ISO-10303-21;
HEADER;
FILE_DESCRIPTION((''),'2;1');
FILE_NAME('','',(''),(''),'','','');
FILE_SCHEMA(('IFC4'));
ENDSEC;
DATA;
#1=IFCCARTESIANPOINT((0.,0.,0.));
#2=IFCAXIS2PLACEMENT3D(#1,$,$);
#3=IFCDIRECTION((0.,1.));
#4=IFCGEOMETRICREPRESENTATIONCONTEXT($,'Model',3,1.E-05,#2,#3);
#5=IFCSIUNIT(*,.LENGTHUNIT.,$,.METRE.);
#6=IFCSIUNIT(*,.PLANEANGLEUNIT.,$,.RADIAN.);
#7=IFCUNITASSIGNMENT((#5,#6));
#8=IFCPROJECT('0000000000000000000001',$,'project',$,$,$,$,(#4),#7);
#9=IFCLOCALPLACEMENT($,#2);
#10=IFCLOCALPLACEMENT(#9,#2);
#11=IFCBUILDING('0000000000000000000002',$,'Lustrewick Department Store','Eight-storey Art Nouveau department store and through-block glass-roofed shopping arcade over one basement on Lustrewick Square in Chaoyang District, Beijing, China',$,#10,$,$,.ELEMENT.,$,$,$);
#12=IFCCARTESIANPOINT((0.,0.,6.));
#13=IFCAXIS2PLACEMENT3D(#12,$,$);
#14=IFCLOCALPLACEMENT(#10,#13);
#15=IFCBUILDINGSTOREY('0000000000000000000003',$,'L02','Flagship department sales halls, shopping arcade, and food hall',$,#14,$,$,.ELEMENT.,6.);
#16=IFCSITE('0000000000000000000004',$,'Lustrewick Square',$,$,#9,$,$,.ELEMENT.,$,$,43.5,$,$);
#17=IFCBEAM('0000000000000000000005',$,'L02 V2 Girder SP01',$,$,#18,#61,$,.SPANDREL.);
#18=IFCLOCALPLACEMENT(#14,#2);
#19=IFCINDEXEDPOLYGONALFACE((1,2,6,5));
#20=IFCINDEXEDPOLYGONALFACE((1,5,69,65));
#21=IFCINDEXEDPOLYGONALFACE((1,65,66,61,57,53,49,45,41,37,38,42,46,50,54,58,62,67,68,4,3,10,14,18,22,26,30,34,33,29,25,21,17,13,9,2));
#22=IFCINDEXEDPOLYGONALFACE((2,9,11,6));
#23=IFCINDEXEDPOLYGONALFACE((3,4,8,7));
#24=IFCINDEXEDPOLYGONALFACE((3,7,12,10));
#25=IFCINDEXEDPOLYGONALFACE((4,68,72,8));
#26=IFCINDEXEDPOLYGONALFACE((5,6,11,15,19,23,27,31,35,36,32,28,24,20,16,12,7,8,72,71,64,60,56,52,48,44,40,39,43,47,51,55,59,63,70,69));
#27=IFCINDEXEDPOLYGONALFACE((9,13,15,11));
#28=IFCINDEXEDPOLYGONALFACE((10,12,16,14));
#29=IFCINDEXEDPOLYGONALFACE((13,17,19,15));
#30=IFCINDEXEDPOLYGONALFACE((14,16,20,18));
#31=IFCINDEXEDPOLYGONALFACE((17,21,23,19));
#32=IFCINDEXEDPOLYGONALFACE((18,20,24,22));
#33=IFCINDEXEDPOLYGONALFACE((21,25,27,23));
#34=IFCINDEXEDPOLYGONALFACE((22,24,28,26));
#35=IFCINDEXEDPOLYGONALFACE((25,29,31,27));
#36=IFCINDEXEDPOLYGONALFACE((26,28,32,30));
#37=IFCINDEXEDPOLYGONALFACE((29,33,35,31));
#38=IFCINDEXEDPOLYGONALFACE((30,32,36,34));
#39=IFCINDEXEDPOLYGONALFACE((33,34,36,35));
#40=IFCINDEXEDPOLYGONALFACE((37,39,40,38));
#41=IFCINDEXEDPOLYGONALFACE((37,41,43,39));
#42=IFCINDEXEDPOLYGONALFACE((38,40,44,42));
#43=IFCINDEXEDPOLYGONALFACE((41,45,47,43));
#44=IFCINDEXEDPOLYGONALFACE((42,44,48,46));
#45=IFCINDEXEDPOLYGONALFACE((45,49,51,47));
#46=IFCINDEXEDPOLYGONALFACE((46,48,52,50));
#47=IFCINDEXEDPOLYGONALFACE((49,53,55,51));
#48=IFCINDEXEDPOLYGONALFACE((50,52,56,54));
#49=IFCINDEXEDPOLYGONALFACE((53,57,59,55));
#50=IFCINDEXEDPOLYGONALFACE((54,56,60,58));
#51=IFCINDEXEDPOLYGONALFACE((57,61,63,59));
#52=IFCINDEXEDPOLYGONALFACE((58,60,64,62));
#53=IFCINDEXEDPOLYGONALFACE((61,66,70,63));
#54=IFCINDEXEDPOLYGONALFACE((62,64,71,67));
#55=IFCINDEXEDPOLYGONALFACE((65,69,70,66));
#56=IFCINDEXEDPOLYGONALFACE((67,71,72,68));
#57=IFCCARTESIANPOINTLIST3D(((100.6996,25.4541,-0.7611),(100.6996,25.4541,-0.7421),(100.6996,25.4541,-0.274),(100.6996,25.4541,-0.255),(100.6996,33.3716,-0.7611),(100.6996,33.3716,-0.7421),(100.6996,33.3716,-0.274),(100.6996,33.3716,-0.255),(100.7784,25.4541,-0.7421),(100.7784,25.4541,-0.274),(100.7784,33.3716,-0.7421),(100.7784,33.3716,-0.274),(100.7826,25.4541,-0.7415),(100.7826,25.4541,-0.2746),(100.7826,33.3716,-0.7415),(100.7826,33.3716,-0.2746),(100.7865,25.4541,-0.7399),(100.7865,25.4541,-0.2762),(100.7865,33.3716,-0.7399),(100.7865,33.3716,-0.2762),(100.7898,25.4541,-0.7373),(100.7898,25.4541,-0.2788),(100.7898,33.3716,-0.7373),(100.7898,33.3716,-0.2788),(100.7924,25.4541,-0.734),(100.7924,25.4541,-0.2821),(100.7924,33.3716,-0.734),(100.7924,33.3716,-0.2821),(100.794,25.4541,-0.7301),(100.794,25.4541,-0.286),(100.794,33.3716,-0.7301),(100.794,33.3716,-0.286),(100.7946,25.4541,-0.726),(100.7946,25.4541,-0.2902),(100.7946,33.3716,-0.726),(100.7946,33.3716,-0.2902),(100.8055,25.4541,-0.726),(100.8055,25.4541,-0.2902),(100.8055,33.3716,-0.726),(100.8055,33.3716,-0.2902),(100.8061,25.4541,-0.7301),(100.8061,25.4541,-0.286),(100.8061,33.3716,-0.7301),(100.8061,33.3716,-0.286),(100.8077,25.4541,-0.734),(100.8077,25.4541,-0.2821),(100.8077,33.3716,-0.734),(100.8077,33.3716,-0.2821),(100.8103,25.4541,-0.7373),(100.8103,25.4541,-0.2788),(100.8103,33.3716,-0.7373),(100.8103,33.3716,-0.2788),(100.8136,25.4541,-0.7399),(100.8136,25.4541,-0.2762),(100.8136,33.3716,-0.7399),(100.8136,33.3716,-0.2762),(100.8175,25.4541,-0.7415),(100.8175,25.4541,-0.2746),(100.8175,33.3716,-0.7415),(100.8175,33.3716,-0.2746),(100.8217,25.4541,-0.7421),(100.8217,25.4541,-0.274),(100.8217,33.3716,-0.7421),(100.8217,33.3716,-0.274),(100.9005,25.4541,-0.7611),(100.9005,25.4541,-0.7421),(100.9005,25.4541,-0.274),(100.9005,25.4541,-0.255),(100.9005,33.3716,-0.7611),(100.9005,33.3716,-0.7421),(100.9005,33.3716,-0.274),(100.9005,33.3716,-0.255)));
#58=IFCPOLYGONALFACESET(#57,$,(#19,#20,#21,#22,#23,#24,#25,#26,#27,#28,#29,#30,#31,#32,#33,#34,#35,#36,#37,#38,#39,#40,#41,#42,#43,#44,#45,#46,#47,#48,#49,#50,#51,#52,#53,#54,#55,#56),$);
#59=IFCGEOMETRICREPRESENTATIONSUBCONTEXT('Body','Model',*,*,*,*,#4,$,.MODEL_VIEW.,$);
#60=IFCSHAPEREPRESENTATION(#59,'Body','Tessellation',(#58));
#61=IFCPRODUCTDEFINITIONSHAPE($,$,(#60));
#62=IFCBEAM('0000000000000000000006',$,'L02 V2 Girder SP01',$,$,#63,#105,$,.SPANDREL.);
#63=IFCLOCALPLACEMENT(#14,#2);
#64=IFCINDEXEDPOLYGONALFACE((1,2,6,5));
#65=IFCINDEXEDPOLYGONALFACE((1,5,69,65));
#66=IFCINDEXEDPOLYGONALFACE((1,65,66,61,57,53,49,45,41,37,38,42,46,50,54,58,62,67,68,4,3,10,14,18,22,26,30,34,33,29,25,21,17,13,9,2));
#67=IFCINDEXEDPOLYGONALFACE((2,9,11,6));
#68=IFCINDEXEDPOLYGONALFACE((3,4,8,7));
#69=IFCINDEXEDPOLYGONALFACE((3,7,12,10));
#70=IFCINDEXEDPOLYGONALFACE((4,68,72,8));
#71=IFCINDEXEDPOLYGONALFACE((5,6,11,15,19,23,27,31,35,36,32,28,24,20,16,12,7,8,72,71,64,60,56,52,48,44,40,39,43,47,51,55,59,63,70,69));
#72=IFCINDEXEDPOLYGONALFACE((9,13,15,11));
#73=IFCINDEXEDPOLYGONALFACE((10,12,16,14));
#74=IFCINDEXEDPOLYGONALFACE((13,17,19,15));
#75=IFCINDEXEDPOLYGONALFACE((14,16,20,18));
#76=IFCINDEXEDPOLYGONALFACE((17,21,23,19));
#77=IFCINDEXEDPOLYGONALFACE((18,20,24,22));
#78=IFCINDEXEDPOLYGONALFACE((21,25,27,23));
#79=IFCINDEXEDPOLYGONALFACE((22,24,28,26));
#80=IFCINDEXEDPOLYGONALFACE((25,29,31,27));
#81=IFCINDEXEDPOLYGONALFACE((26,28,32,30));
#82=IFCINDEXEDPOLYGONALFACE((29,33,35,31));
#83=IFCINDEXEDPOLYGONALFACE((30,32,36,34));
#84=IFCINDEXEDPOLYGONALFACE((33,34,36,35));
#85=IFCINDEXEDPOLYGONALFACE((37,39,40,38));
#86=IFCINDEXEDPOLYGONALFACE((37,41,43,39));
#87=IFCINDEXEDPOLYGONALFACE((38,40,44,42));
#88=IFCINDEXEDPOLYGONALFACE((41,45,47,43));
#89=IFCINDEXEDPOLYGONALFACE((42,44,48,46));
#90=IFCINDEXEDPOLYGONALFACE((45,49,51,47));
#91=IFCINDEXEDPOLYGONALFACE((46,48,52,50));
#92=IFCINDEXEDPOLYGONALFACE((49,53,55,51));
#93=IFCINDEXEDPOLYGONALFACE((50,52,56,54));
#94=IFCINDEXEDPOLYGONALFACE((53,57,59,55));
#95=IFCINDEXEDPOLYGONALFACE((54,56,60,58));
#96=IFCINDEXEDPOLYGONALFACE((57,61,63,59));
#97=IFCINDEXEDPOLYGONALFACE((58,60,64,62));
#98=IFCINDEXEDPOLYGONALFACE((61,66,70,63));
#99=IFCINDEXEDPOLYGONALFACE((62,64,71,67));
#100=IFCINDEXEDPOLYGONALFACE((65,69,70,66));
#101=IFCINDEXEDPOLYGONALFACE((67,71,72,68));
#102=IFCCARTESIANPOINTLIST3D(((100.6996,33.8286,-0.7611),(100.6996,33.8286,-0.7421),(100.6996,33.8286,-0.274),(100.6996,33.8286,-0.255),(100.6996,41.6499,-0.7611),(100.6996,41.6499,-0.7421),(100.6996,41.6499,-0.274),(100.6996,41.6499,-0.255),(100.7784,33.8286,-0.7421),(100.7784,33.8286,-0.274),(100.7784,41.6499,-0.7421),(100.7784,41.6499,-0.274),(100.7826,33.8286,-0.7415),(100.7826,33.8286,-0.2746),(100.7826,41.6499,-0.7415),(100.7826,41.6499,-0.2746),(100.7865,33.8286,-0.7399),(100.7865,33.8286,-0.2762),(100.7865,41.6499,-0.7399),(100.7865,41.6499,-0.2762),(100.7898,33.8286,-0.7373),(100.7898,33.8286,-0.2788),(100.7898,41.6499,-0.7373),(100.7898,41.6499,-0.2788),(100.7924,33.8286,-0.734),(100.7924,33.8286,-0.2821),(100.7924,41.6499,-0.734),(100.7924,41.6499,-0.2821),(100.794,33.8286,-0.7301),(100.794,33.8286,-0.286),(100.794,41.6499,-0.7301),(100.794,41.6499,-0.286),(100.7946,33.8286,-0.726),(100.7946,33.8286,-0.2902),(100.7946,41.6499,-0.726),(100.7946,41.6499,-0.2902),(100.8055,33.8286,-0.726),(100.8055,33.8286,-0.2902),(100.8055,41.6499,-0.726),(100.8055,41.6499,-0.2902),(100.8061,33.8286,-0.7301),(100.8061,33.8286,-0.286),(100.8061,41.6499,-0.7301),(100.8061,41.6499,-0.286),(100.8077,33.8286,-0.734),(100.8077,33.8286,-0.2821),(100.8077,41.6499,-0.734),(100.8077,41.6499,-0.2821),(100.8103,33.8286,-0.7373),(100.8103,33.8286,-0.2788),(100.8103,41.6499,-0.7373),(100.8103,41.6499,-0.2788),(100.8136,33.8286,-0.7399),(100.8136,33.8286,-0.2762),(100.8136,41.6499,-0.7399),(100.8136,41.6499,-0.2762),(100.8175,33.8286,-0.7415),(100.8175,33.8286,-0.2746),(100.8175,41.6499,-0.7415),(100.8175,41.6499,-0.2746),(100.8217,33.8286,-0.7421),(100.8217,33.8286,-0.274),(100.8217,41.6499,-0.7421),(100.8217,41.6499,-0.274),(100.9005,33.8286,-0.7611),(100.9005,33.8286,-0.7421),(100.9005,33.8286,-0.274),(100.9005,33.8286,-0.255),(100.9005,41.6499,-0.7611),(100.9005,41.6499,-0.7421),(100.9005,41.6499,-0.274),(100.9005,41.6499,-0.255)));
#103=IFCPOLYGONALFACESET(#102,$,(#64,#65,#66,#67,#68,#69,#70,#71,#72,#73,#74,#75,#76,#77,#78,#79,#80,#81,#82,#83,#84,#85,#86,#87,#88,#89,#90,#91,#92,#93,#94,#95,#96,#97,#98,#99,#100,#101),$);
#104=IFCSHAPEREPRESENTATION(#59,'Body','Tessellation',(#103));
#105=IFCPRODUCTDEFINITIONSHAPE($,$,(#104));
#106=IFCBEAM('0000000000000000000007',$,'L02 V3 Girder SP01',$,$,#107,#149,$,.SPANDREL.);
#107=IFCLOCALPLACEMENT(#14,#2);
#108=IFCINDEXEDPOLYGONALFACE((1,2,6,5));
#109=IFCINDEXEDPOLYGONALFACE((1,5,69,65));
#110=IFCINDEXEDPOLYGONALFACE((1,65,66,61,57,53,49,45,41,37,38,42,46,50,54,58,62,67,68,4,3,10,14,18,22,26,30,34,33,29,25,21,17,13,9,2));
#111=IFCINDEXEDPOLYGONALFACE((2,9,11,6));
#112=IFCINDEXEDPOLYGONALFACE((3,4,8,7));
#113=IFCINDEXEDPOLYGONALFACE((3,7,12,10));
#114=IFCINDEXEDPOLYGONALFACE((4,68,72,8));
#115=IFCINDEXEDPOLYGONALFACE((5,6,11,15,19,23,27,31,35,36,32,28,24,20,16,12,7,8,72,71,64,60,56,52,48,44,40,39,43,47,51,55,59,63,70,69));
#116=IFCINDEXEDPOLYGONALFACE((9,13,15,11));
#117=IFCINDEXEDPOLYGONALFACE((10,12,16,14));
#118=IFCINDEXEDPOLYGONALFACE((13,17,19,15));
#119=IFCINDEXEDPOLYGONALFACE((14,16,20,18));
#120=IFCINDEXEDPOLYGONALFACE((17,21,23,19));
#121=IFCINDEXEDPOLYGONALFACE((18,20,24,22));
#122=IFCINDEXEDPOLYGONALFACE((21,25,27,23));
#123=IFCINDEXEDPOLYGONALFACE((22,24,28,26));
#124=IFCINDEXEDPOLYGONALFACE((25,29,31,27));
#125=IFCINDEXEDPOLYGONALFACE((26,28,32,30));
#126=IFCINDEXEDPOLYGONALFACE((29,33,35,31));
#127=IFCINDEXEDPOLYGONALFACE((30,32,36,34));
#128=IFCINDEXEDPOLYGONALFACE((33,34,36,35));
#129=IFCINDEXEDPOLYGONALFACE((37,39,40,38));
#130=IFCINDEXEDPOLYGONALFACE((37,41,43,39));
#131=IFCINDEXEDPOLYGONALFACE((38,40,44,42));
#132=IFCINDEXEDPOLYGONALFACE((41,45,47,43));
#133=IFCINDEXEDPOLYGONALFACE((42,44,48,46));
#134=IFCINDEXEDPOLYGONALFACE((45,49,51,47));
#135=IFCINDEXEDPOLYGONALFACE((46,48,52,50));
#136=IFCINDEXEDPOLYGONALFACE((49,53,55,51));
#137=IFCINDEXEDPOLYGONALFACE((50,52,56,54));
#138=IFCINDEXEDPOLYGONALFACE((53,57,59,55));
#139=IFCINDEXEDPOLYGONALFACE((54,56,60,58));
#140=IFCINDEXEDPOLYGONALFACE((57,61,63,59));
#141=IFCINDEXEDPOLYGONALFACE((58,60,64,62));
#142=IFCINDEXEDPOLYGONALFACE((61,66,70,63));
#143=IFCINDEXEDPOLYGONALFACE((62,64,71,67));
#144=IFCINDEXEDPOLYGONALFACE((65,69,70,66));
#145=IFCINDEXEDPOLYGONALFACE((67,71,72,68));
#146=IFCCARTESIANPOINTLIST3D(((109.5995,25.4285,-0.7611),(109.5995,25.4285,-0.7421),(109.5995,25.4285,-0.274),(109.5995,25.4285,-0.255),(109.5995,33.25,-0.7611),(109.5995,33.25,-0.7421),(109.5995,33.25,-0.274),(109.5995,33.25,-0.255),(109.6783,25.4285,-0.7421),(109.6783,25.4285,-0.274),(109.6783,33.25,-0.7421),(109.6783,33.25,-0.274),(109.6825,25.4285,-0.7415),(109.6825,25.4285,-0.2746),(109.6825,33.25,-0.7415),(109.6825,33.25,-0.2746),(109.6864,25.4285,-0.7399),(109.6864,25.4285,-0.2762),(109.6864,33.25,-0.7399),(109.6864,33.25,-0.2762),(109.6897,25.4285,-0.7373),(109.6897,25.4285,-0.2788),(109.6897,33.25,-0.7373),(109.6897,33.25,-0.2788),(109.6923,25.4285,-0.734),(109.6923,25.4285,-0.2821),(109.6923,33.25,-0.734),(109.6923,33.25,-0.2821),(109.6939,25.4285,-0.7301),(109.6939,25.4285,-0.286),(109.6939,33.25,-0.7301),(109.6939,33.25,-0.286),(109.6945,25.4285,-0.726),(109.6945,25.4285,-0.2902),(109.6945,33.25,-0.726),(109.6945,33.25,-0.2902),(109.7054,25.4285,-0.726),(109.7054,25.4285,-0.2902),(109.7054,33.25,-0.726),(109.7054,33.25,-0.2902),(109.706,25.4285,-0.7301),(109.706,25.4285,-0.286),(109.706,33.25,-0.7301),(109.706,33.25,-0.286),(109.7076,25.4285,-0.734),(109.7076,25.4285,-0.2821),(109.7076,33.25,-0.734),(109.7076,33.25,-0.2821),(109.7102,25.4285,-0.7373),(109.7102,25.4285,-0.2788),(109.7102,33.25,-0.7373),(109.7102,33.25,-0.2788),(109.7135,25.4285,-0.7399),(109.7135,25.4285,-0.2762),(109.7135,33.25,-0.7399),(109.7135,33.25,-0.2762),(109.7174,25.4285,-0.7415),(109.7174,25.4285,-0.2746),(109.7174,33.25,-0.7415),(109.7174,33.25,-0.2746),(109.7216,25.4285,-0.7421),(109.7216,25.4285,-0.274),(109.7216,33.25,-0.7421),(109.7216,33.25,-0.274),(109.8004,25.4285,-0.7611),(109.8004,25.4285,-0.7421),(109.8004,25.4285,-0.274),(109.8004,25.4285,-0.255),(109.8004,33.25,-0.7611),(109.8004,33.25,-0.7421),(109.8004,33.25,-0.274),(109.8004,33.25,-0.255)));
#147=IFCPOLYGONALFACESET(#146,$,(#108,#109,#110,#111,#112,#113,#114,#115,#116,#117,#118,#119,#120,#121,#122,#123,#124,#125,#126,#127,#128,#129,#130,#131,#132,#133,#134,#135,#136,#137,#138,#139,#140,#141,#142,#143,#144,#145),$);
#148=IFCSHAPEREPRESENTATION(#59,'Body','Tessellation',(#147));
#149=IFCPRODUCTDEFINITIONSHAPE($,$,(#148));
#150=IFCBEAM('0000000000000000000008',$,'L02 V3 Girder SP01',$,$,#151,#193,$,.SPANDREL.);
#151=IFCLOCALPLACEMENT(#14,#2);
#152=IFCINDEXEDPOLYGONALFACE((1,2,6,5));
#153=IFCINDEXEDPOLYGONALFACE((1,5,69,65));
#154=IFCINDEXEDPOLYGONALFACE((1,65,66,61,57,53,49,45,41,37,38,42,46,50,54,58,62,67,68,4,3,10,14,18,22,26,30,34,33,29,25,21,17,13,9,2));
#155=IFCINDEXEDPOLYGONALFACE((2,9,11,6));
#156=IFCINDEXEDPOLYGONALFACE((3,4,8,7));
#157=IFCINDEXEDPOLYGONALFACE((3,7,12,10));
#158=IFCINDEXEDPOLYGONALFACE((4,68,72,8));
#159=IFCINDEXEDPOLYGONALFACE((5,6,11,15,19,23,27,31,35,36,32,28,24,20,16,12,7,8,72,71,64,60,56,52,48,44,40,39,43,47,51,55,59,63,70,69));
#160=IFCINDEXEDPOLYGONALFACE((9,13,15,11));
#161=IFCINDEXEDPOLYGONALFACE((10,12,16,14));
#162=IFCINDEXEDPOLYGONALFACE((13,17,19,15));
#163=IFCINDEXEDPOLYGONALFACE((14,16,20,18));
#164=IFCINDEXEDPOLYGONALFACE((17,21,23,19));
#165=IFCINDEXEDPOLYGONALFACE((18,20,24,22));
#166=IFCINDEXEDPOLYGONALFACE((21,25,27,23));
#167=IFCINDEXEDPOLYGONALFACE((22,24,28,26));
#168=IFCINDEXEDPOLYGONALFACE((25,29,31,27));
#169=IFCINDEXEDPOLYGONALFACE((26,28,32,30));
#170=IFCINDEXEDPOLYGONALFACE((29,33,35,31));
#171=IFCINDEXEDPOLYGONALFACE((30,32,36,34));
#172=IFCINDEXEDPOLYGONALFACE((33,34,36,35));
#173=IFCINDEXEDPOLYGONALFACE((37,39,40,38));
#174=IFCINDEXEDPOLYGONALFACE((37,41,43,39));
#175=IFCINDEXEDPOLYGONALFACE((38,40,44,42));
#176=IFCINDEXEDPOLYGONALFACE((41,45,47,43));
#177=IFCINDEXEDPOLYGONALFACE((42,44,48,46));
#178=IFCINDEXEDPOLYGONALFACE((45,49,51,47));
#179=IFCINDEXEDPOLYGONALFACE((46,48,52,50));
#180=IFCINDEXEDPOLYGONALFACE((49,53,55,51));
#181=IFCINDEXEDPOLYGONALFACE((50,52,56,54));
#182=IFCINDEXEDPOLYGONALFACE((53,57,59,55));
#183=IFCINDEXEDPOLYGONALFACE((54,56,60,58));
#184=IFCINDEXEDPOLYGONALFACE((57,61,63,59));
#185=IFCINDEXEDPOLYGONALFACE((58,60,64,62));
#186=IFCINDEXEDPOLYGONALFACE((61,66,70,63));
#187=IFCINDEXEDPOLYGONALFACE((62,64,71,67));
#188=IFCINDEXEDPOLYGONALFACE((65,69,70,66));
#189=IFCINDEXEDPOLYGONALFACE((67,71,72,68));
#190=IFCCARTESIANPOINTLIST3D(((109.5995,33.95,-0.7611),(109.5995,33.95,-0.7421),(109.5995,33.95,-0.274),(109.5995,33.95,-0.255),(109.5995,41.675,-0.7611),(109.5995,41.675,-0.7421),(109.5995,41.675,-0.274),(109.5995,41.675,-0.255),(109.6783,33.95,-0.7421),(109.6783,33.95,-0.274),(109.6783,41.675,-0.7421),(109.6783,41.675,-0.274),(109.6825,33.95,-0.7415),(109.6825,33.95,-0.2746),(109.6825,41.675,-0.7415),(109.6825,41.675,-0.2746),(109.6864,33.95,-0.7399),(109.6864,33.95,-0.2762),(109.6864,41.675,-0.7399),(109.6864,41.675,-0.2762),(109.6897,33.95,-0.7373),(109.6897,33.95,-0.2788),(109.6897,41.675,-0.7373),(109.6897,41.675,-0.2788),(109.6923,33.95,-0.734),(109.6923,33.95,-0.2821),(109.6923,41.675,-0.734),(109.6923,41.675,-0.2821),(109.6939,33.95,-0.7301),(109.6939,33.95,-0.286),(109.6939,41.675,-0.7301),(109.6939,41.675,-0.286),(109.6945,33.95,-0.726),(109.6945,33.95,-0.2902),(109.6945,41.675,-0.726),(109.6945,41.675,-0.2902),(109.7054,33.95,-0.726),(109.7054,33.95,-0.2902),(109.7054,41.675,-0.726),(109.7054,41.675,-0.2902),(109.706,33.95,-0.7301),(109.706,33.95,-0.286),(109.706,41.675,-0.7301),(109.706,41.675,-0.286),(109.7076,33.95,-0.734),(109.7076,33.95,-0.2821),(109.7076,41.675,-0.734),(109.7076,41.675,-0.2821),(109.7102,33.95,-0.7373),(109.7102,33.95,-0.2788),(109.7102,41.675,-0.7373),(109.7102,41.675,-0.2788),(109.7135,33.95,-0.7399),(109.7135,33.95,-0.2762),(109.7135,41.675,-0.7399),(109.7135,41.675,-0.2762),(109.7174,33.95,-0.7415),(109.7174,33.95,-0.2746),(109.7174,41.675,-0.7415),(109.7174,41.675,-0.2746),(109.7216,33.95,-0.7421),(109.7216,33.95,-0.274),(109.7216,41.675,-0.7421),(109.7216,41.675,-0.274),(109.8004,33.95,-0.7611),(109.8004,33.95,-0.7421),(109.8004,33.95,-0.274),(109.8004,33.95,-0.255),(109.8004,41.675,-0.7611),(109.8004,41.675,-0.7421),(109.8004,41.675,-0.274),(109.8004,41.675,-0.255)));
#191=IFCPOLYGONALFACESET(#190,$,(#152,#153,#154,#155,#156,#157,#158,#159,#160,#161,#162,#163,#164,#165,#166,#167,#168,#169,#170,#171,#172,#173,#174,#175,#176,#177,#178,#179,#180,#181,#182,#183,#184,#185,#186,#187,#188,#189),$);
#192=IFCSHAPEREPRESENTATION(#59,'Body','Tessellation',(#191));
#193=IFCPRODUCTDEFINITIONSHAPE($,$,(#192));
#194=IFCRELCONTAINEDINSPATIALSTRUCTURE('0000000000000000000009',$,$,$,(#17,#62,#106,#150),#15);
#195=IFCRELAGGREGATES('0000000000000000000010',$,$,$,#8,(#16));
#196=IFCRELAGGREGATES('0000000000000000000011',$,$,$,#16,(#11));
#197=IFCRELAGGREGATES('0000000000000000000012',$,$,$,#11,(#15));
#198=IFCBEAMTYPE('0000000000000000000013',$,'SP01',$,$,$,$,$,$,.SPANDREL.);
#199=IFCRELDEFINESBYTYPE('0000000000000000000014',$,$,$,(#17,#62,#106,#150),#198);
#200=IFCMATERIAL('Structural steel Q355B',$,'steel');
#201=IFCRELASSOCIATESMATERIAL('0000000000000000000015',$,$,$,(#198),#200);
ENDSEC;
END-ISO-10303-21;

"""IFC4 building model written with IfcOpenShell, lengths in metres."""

from ifc_helpers import new_model, si_unit, direction, frame, origin, origin_2d, place, context, subcontext, project, spatial, i_section, extrude, material, material_profile, profile_set, type_object, element, save


model = new_model("IFC4")

# Units and contexts
model_context = context("Model", 3, precision=1e-05, world=origin(), true_north=direction((0.0, 1.0)))
body_context = subcontext(model_context, "Body", "Model", "MODEL_VIEW")
ifc_project = project(units=[si_unit("LENGTHUNIT", "METRE"), si_unit("PLANEANGLEUNIT", "RADIAN")], contexts=[model_context])

# Site, building, storey
site_placement = place(None, origin())
site = spatial("IfcSite", under=ifc_project, at=site_placement, Name="Lustrewick Square", CompositionType="ELEMENT", RefElevation=43.5)
building_placement = place(site_placement, origin())
building = spatial("IfcBuilding", under=site, at=building_placement, Name="Lustrewick Department Store", Description="Eight-storey Art Nouveau department store and through-block glass-roofed shopping arcade over one basement on Lustrewick Square in Chaoyang District, Beijing, China", CompositionType="ELEMENT")
storey_placement = place(building_placement, frame((0.0, 0.0, 6.0)))
storey = spatial("IfcBuildingStorey", under=building, at=storey_placement, Name="L02", Description="Flagship department sales halls, shopping arcade, and food hall", CompositionType="ELEMENT", Elevation=6.0)

# Shared definitions
ifc_material_1 = material(Name="Structural steel Q355B", Category="steel")

# Beams
ifc_material_profile_1 = material_profile(ifc_material_1, i_section(OverallWidth=0.2009, OverallDepth=0.5061, WebThickness=0.011, FlangeThickness=0.019, FilletRadius=0.0161, at=origin_2d()), Name="HN 506x201x11x19")
ifc_profile_set_1 = profile_set([ifc_material_profile_1], Name="Structural steel Q355B")
beam_type_1 = type_object("IfcBeamType", Name="SP01", PredefinedType="SPANDREL", material=ifc_profile_set_1)
beam_1_placement = place(storey_placement, frame((100.8, 25.4541, -0.5081), z_axis=(0.0, 1.0, 0.0), x_axis=(-1.0, 0.0, 0.0)))
element("IfcBeam", 1, at=beam_1_placement, inside=storey, type_object=beam_type_1, Name="L02 V2 Girder SP01", PredefinedType="SPANDREL", context=body_context, shape_type="SweptSolid", body=[
    extrude(i_section(OverallWidth=0.2009, OverallDepth=0.5061, WebThickness=0.011, FlangeThickness=0.019, FilletRadius=0.0161, at=origin_2d()), origin(), (0.0, 0.0, 1.0), 7.9175),
])
beam_2_placement = place(storey_placement, frame((100.8, 33.8286, -0.5081), z_axis=(0.0, 1.0, 0.0), x_axis=(-1.0, 0.0, 0.0)))
element("IfcBeam", 2, at=beam_2_placement, inside=storey, type_object=beam_type_1, Name="L02 V2 Girder SP01", PredefinedType="SPANDREL", context=body_context, shape_type="SweptSolid", body=[
    extrude(i_section(OverallWidth=0.2009, OverallDepth=0.5061, WebThickness=0.011, FlangeThickness=0.019, FilletRadius=0.0161, at=origin_2d()), origin(), (0.0, 0.0, 1.0), 7.8213),
])
beam_3_placement = place(storey_placement, frame((109.7, 25.4285, -0.5081), z_axis=(0.0, 1.0, 0.0), x_axis=(-1.0, 0.0, 0.0)))
element("IfcBeam", 3, at=beam_3_placement, inside=storey, type_object=beam_type_1, Name="L02 V3 Girder SP01", PredefinedType="SPANDREL", context=body_context, shape_type="SweptSolid", body=[
    extrude(i_section(OverallWidth=0.2009, OverallDepth=0.5061, WebThickness=0.011, FlangeThickness=0.019, FilletRadius=0.0161, at=origin_2d()), origin(), (0.0, 0.0, 1.0), 7.8215),
])
beam_4_placement = place(storey_placement, frame((109.7, 33.95, -0.5081), z_axis=(0.0, 1.0, 0.0), x_axis=(-1.0, 0.0, 0.0)))
element("IfcBeam", 4, at=beam_4_placement, inside=storey, type_object=beam_type_1, Name="L02 V3 Girder SP01", PredefinedType="SPANDREL", context=body_context, shape_type="SweptSolid", body=[
    extrude(i_section(OverallWidth=0.2009, OverallDepth=0.5061, WebThickness=0.011, FlangeThickness=0.019, FilletRadius=0.0161, at=origin_2d()), origin(), (0.0, 0.0, 1.0), 7.7251),
])

save(model, "model.ifc")
